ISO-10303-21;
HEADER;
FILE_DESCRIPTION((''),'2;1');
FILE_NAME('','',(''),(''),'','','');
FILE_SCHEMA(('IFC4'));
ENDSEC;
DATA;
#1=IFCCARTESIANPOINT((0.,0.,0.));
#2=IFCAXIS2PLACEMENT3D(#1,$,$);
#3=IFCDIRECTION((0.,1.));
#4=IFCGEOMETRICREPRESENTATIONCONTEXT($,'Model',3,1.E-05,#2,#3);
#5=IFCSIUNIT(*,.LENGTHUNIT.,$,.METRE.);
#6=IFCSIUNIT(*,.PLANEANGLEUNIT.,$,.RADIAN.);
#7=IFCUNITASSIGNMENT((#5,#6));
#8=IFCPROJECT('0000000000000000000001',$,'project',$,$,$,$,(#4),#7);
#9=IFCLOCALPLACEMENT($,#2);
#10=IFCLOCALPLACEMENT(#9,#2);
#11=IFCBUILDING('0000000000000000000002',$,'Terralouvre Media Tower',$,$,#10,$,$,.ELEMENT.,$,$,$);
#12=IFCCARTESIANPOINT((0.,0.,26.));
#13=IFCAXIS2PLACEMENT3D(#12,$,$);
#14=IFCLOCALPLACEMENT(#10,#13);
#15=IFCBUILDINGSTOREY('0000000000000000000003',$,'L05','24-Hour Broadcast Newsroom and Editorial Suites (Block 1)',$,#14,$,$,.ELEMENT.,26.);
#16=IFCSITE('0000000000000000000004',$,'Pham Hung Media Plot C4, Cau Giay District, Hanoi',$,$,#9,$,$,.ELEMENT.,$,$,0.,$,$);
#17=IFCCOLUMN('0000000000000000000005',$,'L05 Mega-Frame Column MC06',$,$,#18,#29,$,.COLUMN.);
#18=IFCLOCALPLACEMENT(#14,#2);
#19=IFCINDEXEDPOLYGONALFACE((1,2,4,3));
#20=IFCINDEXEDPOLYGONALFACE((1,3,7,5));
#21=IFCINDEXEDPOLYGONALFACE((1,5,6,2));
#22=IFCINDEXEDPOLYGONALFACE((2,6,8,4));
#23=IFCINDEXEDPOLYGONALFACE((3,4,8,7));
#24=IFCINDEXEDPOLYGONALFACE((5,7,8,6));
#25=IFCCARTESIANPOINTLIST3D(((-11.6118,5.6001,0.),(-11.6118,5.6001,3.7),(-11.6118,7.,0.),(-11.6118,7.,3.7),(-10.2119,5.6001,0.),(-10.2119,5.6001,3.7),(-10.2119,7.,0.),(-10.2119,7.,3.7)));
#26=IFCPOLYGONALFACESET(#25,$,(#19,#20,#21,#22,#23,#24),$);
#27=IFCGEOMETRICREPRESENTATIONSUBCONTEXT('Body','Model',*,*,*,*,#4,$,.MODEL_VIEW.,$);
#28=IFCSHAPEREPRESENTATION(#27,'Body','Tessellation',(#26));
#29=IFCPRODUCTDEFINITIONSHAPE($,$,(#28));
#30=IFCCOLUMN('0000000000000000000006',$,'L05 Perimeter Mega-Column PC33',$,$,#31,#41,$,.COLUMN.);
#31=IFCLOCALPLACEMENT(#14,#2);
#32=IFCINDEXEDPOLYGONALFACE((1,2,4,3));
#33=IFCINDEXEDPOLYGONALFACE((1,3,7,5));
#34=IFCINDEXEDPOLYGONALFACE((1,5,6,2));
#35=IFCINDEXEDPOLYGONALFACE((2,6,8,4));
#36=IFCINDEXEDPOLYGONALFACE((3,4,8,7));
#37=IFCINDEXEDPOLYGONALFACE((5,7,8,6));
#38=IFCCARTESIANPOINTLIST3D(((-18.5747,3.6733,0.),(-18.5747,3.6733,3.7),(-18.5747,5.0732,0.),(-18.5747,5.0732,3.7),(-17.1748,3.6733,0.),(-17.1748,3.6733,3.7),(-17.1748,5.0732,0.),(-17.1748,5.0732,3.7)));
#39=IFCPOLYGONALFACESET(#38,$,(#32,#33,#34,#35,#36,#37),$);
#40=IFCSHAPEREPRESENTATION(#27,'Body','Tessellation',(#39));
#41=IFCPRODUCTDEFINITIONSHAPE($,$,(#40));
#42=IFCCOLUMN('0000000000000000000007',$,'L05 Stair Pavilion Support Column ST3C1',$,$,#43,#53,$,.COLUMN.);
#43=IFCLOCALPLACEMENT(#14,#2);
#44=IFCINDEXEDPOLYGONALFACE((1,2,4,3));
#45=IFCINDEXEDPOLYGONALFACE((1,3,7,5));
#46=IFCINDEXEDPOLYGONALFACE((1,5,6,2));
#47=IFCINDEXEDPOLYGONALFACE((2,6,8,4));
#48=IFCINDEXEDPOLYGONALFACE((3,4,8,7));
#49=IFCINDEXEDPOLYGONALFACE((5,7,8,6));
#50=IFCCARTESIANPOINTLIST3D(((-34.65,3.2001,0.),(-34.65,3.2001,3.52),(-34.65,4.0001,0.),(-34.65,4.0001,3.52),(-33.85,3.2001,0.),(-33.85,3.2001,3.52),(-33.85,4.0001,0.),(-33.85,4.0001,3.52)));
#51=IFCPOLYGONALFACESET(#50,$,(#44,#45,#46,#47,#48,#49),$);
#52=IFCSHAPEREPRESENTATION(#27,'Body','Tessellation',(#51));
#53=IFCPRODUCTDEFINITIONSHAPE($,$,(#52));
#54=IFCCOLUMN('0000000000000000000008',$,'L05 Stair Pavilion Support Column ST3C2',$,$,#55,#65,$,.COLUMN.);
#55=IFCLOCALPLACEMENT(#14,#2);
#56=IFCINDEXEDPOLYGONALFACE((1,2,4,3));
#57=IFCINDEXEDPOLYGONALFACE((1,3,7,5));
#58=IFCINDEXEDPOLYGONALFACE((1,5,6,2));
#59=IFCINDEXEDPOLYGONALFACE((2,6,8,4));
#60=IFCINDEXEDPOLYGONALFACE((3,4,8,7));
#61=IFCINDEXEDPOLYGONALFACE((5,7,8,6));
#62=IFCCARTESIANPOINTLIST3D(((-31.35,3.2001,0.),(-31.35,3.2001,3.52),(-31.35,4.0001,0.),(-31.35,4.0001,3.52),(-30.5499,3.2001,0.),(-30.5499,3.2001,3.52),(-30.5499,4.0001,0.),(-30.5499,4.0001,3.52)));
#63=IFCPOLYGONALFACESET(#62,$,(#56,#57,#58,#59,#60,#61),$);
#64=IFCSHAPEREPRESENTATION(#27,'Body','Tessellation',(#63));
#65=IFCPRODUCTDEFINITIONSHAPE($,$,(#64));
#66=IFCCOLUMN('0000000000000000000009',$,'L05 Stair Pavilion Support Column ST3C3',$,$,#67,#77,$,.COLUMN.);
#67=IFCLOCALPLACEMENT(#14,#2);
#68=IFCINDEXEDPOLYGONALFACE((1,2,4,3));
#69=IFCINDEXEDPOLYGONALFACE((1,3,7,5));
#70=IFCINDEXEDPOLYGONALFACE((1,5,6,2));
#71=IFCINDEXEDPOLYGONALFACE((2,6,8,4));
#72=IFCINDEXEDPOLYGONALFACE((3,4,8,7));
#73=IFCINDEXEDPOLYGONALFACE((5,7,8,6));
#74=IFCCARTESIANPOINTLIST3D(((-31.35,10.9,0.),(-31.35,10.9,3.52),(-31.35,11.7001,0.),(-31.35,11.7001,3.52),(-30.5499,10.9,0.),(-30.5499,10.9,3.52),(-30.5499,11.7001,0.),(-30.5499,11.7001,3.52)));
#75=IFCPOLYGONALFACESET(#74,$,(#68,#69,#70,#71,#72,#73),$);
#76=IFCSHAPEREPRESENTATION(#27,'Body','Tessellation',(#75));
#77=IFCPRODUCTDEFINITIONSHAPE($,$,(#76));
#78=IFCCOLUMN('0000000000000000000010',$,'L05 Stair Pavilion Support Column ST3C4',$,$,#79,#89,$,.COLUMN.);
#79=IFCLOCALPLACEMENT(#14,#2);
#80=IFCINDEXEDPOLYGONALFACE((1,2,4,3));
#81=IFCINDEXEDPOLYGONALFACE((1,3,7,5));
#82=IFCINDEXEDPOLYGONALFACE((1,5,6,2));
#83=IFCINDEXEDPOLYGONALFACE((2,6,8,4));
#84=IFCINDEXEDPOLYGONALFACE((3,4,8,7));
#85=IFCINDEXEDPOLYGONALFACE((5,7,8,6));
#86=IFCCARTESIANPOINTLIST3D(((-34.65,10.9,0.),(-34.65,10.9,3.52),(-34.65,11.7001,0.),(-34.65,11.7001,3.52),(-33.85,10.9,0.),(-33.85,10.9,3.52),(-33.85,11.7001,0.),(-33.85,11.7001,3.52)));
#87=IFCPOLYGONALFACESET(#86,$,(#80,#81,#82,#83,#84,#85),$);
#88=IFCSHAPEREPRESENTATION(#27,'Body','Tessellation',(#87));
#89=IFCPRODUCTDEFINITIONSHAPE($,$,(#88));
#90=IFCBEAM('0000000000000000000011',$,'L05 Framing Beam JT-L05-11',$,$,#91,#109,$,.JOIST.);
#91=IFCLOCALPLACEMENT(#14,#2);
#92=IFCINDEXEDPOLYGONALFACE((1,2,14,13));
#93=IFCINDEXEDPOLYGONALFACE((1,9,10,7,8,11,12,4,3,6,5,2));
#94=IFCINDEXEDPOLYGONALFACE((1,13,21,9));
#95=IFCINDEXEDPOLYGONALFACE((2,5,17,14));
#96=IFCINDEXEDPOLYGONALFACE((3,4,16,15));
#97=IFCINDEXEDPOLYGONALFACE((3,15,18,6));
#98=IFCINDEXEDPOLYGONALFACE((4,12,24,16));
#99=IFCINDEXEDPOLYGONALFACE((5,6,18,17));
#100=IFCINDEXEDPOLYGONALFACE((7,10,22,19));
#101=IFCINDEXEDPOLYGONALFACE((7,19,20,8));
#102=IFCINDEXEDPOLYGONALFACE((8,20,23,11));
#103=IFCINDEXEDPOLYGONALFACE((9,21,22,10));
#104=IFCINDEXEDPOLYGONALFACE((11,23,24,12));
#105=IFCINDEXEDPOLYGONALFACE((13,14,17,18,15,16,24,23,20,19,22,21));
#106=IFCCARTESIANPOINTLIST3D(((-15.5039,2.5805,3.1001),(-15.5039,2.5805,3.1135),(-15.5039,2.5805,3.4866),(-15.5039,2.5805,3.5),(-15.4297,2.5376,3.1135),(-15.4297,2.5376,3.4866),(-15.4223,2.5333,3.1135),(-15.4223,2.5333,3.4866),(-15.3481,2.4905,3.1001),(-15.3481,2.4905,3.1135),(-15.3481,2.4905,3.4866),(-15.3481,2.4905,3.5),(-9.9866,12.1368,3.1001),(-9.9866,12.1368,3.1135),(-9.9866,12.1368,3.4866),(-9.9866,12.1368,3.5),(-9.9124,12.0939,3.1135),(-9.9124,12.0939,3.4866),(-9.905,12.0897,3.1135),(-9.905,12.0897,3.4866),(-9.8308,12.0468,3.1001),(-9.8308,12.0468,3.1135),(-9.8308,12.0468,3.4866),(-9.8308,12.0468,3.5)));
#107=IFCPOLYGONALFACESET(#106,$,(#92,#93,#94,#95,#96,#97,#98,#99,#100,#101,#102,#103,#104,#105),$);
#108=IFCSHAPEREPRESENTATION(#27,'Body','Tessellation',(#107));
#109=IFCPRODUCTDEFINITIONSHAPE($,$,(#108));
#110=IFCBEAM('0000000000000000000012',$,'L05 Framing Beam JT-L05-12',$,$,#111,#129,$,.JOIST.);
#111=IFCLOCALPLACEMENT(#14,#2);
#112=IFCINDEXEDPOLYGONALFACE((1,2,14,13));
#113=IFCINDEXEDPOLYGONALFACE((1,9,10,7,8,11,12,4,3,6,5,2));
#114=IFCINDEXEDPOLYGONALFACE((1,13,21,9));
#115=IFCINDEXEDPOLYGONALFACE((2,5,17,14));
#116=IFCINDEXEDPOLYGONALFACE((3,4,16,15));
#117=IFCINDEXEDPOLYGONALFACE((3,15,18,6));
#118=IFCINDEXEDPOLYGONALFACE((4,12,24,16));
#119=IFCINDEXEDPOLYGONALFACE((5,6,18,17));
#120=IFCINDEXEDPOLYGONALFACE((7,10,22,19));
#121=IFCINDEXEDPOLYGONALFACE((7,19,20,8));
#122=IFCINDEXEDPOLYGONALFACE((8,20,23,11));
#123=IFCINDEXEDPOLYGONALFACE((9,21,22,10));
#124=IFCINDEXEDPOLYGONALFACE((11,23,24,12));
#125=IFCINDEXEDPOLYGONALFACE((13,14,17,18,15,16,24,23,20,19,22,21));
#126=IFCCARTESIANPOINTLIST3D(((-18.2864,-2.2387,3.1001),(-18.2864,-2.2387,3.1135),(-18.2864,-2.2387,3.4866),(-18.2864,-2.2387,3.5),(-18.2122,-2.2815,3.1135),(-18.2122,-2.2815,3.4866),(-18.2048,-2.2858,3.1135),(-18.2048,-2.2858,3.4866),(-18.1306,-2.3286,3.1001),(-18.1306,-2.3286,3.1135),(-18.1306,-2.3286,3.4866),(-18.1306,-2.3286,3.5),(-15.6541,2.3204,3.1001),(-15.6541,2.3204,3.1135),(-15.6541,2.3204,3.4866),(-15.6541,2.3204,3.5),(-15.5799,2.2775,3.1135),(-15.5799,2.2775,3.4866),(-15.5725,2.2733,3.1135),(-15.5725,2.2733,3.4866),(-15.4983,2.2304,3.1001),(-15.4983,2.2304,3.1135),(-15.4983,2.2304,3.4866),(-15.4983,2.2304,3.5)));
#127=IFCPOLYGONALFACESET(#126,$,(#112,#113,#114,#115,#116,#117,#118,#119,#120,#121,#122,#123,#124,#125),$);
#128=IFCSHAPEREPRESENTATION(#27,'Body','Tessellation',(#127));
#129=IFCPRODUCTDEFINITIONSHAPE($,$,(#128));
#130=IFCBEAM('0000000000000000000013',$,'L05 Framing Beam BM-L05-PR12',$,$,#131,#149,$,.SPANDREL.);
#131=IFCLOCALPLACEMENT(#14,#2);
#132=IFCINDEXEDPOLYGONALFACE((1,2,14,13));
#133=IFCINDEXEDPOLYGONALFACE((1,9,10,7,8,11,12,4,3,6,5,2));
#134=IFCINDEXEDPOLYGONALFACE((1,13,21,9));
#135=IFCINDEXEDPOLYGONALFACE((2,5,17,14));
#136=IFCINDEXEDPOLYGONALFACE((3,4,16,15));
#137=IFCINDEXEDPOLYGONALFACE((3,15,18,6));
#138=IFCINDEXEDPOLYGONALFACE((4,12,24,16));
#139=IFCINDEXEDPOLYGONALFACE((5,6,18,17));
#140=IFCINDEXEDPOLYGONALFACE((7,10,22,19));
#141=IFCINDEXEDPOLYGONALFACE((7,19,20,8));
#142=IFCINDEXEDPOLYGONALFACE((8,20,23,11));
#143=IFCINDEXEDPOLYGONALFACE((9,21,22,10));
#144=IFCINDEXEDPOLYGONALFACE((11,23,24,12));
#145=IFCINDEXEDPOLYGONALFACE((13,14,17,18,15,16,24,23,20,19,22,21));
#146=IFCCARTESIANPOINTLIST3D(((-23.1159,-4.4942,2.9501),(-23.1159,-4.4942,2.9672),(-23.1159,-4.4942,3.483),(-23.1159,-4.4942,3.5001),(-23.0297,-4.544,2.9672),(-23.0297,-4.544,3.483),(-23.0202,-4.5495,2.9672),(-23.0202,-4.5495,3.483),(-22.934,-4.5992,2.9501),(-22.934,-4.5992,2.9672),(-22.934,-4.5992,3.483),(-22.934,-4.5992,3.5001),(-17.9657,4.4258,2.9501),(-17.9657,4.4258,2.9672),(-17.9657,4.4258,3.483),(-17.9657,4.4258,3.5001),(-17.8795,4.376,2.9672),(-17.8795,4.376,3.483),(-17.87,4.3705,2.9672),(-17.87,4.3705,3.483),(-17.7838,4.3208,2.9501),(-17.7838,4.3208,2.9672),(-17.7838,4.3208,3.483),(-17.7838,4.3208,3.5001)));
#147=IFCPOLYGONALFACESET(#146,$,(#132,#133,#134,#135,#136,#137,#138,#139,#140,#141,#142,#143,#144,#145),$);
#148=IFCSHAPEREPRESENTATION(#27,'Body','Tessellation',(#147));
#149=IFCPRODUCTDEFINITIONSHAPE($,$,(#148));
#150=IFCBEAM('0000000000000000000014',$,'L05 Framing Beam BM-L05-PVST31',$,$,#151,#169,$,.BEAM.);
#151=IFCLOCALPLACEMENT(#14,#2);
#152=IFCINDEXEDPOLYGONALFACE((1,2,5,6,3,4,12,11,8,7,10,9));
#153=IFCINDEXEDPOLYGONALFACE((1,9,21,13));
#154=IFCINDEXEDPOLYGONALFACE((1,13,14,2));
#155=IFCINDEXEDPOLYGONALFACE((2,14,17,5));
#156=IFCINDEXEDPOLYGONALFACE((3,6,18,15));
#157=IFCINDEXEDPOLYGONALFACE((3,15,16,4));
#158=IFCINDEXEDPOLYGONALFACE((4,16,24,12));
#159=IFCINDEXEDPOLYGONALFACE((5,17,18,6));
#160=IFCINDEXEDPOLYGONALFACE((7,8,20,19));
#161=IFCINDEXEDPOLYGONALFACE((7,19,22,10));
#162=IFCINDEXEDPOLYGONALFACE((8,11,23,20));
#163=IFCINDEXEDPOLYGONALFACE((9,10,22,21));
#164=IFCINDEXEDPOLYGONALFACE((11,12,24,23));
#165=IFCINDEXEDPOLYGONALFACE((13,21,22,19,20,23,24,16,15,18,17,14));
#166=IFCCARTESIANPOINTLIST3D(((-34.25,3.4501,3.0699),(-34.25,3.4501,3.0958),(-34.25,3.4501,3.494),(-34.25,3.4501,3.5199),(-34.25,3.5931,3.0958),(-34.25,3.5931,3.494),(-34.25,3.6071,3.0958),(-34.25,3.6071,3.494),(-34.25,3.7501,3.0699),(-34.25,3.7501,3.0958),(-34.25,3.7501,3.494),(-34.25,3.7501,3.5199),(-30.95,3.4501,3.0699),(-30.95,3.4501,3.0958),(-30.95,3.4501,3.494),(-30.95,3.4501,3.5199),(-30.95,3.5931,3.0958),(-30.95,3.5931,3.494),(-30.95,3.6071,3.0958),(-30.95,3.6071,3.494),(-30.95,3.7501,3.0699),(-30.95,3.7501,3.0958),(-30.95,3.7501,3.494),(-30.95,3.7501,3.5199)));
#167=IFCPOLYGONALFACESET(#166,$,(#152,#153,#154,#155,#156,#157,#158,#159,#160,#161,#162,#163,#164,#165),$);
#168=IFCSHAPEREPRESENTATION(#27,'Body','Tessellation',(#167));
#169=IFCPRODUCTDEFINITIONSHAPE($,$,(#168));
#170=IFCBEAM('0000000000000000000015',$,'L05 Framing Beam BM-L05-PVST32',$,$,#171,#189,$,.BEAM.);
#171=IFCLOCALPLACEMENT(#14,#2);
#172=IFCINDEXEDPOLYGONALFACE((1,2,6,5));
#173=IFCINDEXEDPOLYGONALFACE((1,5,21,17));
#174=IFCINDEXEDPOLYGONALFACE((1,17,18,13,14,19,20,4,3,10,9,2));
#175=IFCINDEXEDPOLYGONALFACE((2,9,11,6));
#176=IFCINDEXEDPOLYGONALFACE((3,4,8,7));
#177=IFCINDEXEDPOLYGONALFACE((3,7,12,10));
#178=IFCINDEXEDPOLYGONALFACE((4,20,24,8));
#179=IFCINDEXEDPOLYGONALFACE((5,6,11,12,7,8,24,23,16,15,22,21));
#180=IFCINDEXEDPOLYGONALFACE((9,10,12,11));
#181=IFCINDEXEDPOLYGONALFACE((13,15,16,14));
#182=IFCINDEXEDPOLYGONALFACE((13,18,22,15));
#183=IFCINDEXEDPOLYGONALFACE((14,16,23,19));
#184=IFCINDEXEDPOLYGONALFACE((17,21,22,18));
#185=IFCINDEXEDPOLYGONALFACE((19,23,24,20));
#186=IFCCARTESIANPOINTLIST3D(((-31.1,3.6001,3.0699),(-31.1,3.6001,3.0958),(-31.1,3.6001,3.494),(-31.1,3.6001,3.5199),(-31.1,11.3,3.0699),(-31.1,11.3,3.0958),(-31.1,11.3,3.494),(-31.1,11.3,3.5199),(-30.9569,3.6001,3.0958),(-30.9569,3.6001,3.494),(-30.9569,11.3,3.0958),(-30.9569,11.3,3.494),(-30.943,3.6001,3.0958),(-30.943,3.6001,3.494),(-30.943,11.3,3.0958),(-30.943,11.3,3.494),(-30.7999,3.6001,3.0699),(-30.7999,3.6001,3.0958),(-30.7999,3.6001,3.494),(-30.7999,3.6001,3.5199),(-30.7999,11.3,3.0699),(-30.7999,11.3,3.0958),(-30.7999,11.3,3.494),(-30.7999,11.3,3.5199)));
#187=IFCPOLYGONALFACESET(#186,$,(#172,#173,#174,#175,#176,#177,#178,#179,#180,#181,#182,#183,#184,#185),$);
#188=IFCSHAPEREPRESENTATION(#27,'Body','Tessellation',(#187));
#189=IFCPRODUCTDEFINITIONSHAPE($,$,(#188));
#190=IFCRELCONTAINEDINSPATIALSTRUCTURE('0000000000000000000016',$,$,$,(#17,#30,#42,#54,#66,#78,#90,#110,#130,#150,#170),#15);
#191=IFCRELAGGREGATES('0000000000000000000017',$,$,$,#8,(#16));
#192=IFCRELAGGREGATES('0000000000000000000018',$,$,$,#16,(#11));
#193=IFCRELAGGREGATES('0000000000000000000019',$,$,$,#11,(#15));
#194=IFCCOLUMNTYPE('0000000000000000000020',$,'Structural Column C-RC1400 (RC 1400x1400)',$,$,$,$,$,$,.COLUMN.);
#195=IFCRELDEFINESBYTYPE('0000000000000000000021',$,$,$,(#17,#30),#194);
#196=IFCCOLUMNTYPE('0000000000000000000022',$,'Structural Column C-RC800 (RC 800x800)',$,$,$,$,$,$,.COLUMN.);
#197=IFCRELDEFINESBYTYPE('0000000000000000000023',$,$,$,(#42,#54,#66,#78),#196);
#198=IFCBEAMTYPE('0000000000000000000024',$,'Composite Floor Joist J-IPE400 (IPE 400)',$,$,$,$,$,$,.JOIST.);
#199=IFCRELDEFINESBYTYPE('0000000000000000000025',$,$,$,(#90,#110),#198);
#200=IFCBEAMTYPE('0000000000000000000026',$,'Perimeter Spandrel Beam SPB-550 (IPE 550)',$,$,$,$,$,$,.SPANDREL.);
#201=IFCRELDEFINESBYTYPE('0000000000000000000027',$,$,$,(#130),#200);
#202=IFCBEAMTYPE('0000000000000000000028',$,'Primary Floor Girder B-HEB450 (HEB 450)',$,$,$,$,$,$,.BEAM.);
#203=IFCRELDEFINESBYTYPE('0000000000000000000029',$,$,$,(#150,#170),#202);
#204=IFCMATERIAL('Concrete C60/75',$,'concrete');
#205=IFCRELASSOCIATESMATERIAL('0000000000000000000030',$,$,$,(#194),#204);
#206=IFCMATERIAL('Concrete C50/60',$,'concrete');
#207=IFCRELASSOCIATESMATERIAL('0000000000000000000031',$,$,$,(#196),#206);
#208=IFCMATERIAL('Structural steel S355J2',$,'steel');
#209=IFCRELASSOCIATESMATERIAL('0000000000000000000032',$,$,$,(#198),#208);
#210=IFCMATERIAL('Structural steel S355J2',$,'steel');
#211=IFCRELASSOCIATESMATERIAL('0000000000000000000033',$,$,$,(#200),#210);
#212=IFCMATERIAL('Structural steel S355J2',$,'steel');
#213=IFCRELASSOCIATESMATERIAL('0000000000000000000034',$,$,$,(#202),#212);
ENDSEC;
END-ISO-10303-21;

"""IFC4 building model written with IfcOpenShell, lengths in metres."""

from ifc_helpers import new_model, si_unit, direction, frame, origin, origin_2d, place, context, subcontext, project, spatial, rectangle, i_section, extrude, material, material_profile, profile_set, type_object, element, save


model = new_model("IFC4")

# Units and contexts
model_context = context("Model", 3, precision=1e-05, world=origin(), true_north=direction((0.0, 1.0)))
body_context = subcontext(model_context, "Body", "Model", "MODEL_VIEW")
ifc_project = project(units=[si_unit("LENGTHUNIT", "METRE"), si_unit("PLANEANGLEUNIT", "RADIAN")], contexts=[model_context])

# Site, building, storey
site_placement = place(None, origin())
site = spatial("IfcSite", under=ifc_project, at=site_placement, Name="Pham Hung Media Plot C4, Cau Giay District, Hanoi", CompositionType="ELEMENT", RefElevation=0.0)
building_placement = place(site_placement, origin())
building = spatial("IfcBuilding", under=site, at=building_placement, Name="Terralouvre Media Tower", CompositionType="ELEMENT")
storey_placement = place(building_placement, frame((0.0, 0.0, 26.0)))
storey = spatial("IfcBuildingStorey", under=building, at=storey_placement, Name="L05", Description="24-Hour Broadcast Newsroom and Editorial Suites (Block 1)", CompositionType="ELEMENT", Elevation=26.0)

# Columns
ifc_material_1 = material(Name="Concrete C60/75", Category="concrete")
ifc_material_profile_1 = material_profile(ifc_material_1, rectangle(XDim=1.3999, YDim=1.3999, at=origin_2d()), Name="RC 1400x1400")
ifc_profile_set_1 = profile_set([ifc_material_profile_1], Name="Concrete C60/75")
column_type_1 = type_object("IfcColumnType", Name="Structural Column C-RC1400 (RC 1400x1400)", PredefinedType="COLUMN", material=ifc_profile_set_1)
for number, where, z_axis, x_axis, name in (
    (1, (-10.9119, 6.3, 0.0), (0.0, 0.0, 1.0), (1.0, 0.0, 0.0), "L05 Mega-Frame Column MC06"),
    (2, (-17.8748, 4.3733, 0.0), (0.0, 0.0, 1.0), (1.0, 0.0, 0.0), "L05 Perimeter Mega-Column PC33"),
):
    element("IfcColumn", number, at=place(storey_placement, frame(where, z_axis=z_axis, x_axis=x_axis)), inside=storey, type_object=column_type_1, Name=name, PredefinedType="COLUMN", context=body_context, shape_type="SweptSolid", body=[
        extrude(rectangle(XDim=1.3999, YDim=1.3999, at=origin_2d()), origin(), (0.0, 0.0, 1.0), 3.7),
    ])
ifc_material_2 = material(Name="Concrete C50/60", Category="concrete")
ifc_material_profile_2 = material_profile(ifc_material_2, rectangle(XDim=0.8, YDim=0.8, at=origin_2d()), Name="RC 800x800")
ifc_profile_set_2 = profile_set([ifc_material_profile_2], Name="Concrete C50/60")
column_type_2 = type_object("IfcColumnType", Name="Structural Column C-RC800 (RC 800x800)", PredefinedType="COLUMN", material=ifc_profile_set_2)
for number, where, z_axis, x_axis, name in (
    (3, (-34.25, 3.6001, 0.0), (0.0, 0.0, 1.0), (1.0, 0.0, 0.0), "L05 Stair Pavilion Support Column ST3C1"),
    (4, (-30.95, 3.6001, 0.0), (0.0, 0.0, 1.0), (1.0, 0.0, 0.0), "L05 Stair Pavilion Support Column ST3C2"),
    (5, (-30.95, 11.3, 0.0), (0.0, 0.0, 1.0), (1.0, 0.0, 0.0), "L05 Stair Pavilion Support Column ST3C3"),
    (6, (-34.25, 11.3, 0.0), (0.0, 0.0, 1.0), (1.0, 0.0, 0.0), "L05 Stair Pavilion Support Column ST3C4"),
):
    element("IfcColumn", number, at=place(storey_placement, frame(where, z_axis=z_axis, x_axis=x_axis)), inside=storey, type_object=column_type_2, Name=name, PredefinedType="COLUMN", context=body_context, shape_type="SweptSolid", body=[
        extrude(rectangle(XDim=0.8, YDim=0.8, at=origin_2d()), origin(), (0.0, 0.0, 1.0), 3.52),
    ])

# Beams
ifc_material_3 = material(Name="Structural steel S355J2", Category="steel")
ifc_material_profile_3 = material_profile(ifc_material_3, i_section(OverallWidth=0.1799, OverallDepth=0.3999, WebThickness=0.0085, FlangeThickness=0.0134, at=origin_2d()), Name="IPE 400")
ifc_profile_set_3 = profile_set([ifc_material_profile_3], Name="Structural steel S355J2")
beam_type_1 = type_object("IfcBeamType", Name="Composite Floor Joist J-IPE400 (IPE 400)", PredefinedType="JOIST", material=ifc_profile_set_3)
beam_1_placement = place(storey_placement, frame((-9.9087, 12.0918, 3.3), z_axis=(-0.499996, -0.866028, 0.0), x_axis=(0.866028, -0.499996, 0.0)))
element("IfcBeam", 7, at=beam_1_placement, inside=storey, type_object=beam_type_1, Name="L05 Framing Beam JT-L05-11", PredefinedType="JOIST", context=body_context, shape_type="SweptSolid", body=[
    extrude(i_section(OverallWidth=0.1799, OverallDepth=0.3999, WebThickness=0.0085, FlangeThickness=0.0134, at=origin_2d()), origin(), (0.0, 0.0, 1.0), 11.0347),
])
beam_2_placement = place(storey_placement, frame((-15.5762, 2.2754, 3.3), z_axis=(-0.50002, -0.866014, 0.0), x_axis=(0.866014, -0.50002, 0.0)))
element("IfcBeam", 8, at=beam_2_placement, inside=storey, type_object=beam_type_1, Name="L05 Framing Beam JT-L05-12", PredefinedType="JOIST", context=body_context, shape_type="SweptSolid", body=[
    extrude(i_section(OverallWidth=0.1799, OverallDepth=0.3999, WebThickness=0.0085, FlangeThickness=0.0134, at=origin_2d()), origin(), (0.0, 0.0, 1.0), 5.2644),
])
ifc_material_4 = material(Name="Structural steel S355J2", Category="steel")
ifc_material_profile_4 = material_profile(ifc_material_4, i_section(OverallWidth=0.21, OverallDepth=0.55, WebThickness=0.011, FlangeThickness=0.0171, at=origin_2d()), Name="IPE 550")
ifc_profile_set_4 = profile_set([ifc_material_profile_4], Name="Structural steel S355J2")
beam_type_2 = type_object("IfcBeamType", Name="Perimeter Spandrel Beam SPB-550 (IPE 550)", PredefinedType="SPANDREL", material=ifc_profile_set_4)
beam_3_placement = place(storey_placement, frame((-17.8748, 4.3733, 3.2251), z_axis=(-0.500017, -0.866016, 0.0), x_axis=(0.866016, -0.500017, 0.0)))
element("IfcBeam", 9, at=beam_3_placement, inside=storey, type_object=beam_type_2, Name="L05 Framing Beam BM-L05-PR12", PredefinedType="SPANDREL", context=body_context, shape_type="SweptSolid", body=[
    extrude(i_section(OverallWidth=0.21, OverallDepth=0.55, WebThickness=0.011, FlangeThickness=0.0171, at=origin_2d()), origin(), (0.0, 0.0, 1.0), 10.3),
])
ifc_material_5 = material(Name="Structural steel S355J2", Category="steel")
ifc_material_profile_5 = material_profile(ifc_material_5, i_section(OverallWidth=0.3, OverallDepth=0.45, WebThickness=0.0139, FlangeThickness=0.0259, at=origin_2d()), Name="HEB 450")
ifc_profile_set_5 = profile_set([ifc_material_profile_5], Name="Structural steel S355J2")
beam_type_3 = type_object("IfcBeamType", Name="Primary Floor Girder B-HEB450 (HEB 450)", PredefinedType="BEAM", material=ifc_profile_set_5)
beam_4_placement = place(storey_placement, frame((-34.25, 3.6001, 3.2949), z_axis=(1.0, 0.0, 0.0), x_axis=(0.0, 1.0, 0.0)))
element("IfcBeam", 10, at=beam_4_placement, inside=storey, type_object=beam_type_3, Name="L05 Framing Beam BM-L05-PVST31", PredefinedType="BEAM", context=body_context, shape_type="SweptSolid", body=[
    extrude(i_section(OverallWidth=0.3, OverallDepth=0.45, WebThickness=0.0139, FlangeThickness=0.0259, at=origin_2d()), origin(), (0.0, 0.0, 1.0), 3.3),
])
beam_5_placement = place(storey_placement, frame((-30.95, 3.6001, 3.2949), z_axis=(0.0, 1.0, 0.0), x_axis=(-1.0, 0.0, 0.0)))
element("IfcBeam", 11, at=beam_5_placement, inside=storey, type_object=beam_type_3, Name="L05 Framing Beam BM-L05-PVST32", PredefinedType="BEAM", context=body_context, shape_type="SweptSolid", body=[
    extrude(i_section(OverallWidth=0.3, OverallDepth=0.45, WebThickness=0.0139, FlangeThickness=0.0259, at=origin_2d()), origin(), (0.0, 0.0, 1.0), 7.7),
])

save(model, "model.ifc")
